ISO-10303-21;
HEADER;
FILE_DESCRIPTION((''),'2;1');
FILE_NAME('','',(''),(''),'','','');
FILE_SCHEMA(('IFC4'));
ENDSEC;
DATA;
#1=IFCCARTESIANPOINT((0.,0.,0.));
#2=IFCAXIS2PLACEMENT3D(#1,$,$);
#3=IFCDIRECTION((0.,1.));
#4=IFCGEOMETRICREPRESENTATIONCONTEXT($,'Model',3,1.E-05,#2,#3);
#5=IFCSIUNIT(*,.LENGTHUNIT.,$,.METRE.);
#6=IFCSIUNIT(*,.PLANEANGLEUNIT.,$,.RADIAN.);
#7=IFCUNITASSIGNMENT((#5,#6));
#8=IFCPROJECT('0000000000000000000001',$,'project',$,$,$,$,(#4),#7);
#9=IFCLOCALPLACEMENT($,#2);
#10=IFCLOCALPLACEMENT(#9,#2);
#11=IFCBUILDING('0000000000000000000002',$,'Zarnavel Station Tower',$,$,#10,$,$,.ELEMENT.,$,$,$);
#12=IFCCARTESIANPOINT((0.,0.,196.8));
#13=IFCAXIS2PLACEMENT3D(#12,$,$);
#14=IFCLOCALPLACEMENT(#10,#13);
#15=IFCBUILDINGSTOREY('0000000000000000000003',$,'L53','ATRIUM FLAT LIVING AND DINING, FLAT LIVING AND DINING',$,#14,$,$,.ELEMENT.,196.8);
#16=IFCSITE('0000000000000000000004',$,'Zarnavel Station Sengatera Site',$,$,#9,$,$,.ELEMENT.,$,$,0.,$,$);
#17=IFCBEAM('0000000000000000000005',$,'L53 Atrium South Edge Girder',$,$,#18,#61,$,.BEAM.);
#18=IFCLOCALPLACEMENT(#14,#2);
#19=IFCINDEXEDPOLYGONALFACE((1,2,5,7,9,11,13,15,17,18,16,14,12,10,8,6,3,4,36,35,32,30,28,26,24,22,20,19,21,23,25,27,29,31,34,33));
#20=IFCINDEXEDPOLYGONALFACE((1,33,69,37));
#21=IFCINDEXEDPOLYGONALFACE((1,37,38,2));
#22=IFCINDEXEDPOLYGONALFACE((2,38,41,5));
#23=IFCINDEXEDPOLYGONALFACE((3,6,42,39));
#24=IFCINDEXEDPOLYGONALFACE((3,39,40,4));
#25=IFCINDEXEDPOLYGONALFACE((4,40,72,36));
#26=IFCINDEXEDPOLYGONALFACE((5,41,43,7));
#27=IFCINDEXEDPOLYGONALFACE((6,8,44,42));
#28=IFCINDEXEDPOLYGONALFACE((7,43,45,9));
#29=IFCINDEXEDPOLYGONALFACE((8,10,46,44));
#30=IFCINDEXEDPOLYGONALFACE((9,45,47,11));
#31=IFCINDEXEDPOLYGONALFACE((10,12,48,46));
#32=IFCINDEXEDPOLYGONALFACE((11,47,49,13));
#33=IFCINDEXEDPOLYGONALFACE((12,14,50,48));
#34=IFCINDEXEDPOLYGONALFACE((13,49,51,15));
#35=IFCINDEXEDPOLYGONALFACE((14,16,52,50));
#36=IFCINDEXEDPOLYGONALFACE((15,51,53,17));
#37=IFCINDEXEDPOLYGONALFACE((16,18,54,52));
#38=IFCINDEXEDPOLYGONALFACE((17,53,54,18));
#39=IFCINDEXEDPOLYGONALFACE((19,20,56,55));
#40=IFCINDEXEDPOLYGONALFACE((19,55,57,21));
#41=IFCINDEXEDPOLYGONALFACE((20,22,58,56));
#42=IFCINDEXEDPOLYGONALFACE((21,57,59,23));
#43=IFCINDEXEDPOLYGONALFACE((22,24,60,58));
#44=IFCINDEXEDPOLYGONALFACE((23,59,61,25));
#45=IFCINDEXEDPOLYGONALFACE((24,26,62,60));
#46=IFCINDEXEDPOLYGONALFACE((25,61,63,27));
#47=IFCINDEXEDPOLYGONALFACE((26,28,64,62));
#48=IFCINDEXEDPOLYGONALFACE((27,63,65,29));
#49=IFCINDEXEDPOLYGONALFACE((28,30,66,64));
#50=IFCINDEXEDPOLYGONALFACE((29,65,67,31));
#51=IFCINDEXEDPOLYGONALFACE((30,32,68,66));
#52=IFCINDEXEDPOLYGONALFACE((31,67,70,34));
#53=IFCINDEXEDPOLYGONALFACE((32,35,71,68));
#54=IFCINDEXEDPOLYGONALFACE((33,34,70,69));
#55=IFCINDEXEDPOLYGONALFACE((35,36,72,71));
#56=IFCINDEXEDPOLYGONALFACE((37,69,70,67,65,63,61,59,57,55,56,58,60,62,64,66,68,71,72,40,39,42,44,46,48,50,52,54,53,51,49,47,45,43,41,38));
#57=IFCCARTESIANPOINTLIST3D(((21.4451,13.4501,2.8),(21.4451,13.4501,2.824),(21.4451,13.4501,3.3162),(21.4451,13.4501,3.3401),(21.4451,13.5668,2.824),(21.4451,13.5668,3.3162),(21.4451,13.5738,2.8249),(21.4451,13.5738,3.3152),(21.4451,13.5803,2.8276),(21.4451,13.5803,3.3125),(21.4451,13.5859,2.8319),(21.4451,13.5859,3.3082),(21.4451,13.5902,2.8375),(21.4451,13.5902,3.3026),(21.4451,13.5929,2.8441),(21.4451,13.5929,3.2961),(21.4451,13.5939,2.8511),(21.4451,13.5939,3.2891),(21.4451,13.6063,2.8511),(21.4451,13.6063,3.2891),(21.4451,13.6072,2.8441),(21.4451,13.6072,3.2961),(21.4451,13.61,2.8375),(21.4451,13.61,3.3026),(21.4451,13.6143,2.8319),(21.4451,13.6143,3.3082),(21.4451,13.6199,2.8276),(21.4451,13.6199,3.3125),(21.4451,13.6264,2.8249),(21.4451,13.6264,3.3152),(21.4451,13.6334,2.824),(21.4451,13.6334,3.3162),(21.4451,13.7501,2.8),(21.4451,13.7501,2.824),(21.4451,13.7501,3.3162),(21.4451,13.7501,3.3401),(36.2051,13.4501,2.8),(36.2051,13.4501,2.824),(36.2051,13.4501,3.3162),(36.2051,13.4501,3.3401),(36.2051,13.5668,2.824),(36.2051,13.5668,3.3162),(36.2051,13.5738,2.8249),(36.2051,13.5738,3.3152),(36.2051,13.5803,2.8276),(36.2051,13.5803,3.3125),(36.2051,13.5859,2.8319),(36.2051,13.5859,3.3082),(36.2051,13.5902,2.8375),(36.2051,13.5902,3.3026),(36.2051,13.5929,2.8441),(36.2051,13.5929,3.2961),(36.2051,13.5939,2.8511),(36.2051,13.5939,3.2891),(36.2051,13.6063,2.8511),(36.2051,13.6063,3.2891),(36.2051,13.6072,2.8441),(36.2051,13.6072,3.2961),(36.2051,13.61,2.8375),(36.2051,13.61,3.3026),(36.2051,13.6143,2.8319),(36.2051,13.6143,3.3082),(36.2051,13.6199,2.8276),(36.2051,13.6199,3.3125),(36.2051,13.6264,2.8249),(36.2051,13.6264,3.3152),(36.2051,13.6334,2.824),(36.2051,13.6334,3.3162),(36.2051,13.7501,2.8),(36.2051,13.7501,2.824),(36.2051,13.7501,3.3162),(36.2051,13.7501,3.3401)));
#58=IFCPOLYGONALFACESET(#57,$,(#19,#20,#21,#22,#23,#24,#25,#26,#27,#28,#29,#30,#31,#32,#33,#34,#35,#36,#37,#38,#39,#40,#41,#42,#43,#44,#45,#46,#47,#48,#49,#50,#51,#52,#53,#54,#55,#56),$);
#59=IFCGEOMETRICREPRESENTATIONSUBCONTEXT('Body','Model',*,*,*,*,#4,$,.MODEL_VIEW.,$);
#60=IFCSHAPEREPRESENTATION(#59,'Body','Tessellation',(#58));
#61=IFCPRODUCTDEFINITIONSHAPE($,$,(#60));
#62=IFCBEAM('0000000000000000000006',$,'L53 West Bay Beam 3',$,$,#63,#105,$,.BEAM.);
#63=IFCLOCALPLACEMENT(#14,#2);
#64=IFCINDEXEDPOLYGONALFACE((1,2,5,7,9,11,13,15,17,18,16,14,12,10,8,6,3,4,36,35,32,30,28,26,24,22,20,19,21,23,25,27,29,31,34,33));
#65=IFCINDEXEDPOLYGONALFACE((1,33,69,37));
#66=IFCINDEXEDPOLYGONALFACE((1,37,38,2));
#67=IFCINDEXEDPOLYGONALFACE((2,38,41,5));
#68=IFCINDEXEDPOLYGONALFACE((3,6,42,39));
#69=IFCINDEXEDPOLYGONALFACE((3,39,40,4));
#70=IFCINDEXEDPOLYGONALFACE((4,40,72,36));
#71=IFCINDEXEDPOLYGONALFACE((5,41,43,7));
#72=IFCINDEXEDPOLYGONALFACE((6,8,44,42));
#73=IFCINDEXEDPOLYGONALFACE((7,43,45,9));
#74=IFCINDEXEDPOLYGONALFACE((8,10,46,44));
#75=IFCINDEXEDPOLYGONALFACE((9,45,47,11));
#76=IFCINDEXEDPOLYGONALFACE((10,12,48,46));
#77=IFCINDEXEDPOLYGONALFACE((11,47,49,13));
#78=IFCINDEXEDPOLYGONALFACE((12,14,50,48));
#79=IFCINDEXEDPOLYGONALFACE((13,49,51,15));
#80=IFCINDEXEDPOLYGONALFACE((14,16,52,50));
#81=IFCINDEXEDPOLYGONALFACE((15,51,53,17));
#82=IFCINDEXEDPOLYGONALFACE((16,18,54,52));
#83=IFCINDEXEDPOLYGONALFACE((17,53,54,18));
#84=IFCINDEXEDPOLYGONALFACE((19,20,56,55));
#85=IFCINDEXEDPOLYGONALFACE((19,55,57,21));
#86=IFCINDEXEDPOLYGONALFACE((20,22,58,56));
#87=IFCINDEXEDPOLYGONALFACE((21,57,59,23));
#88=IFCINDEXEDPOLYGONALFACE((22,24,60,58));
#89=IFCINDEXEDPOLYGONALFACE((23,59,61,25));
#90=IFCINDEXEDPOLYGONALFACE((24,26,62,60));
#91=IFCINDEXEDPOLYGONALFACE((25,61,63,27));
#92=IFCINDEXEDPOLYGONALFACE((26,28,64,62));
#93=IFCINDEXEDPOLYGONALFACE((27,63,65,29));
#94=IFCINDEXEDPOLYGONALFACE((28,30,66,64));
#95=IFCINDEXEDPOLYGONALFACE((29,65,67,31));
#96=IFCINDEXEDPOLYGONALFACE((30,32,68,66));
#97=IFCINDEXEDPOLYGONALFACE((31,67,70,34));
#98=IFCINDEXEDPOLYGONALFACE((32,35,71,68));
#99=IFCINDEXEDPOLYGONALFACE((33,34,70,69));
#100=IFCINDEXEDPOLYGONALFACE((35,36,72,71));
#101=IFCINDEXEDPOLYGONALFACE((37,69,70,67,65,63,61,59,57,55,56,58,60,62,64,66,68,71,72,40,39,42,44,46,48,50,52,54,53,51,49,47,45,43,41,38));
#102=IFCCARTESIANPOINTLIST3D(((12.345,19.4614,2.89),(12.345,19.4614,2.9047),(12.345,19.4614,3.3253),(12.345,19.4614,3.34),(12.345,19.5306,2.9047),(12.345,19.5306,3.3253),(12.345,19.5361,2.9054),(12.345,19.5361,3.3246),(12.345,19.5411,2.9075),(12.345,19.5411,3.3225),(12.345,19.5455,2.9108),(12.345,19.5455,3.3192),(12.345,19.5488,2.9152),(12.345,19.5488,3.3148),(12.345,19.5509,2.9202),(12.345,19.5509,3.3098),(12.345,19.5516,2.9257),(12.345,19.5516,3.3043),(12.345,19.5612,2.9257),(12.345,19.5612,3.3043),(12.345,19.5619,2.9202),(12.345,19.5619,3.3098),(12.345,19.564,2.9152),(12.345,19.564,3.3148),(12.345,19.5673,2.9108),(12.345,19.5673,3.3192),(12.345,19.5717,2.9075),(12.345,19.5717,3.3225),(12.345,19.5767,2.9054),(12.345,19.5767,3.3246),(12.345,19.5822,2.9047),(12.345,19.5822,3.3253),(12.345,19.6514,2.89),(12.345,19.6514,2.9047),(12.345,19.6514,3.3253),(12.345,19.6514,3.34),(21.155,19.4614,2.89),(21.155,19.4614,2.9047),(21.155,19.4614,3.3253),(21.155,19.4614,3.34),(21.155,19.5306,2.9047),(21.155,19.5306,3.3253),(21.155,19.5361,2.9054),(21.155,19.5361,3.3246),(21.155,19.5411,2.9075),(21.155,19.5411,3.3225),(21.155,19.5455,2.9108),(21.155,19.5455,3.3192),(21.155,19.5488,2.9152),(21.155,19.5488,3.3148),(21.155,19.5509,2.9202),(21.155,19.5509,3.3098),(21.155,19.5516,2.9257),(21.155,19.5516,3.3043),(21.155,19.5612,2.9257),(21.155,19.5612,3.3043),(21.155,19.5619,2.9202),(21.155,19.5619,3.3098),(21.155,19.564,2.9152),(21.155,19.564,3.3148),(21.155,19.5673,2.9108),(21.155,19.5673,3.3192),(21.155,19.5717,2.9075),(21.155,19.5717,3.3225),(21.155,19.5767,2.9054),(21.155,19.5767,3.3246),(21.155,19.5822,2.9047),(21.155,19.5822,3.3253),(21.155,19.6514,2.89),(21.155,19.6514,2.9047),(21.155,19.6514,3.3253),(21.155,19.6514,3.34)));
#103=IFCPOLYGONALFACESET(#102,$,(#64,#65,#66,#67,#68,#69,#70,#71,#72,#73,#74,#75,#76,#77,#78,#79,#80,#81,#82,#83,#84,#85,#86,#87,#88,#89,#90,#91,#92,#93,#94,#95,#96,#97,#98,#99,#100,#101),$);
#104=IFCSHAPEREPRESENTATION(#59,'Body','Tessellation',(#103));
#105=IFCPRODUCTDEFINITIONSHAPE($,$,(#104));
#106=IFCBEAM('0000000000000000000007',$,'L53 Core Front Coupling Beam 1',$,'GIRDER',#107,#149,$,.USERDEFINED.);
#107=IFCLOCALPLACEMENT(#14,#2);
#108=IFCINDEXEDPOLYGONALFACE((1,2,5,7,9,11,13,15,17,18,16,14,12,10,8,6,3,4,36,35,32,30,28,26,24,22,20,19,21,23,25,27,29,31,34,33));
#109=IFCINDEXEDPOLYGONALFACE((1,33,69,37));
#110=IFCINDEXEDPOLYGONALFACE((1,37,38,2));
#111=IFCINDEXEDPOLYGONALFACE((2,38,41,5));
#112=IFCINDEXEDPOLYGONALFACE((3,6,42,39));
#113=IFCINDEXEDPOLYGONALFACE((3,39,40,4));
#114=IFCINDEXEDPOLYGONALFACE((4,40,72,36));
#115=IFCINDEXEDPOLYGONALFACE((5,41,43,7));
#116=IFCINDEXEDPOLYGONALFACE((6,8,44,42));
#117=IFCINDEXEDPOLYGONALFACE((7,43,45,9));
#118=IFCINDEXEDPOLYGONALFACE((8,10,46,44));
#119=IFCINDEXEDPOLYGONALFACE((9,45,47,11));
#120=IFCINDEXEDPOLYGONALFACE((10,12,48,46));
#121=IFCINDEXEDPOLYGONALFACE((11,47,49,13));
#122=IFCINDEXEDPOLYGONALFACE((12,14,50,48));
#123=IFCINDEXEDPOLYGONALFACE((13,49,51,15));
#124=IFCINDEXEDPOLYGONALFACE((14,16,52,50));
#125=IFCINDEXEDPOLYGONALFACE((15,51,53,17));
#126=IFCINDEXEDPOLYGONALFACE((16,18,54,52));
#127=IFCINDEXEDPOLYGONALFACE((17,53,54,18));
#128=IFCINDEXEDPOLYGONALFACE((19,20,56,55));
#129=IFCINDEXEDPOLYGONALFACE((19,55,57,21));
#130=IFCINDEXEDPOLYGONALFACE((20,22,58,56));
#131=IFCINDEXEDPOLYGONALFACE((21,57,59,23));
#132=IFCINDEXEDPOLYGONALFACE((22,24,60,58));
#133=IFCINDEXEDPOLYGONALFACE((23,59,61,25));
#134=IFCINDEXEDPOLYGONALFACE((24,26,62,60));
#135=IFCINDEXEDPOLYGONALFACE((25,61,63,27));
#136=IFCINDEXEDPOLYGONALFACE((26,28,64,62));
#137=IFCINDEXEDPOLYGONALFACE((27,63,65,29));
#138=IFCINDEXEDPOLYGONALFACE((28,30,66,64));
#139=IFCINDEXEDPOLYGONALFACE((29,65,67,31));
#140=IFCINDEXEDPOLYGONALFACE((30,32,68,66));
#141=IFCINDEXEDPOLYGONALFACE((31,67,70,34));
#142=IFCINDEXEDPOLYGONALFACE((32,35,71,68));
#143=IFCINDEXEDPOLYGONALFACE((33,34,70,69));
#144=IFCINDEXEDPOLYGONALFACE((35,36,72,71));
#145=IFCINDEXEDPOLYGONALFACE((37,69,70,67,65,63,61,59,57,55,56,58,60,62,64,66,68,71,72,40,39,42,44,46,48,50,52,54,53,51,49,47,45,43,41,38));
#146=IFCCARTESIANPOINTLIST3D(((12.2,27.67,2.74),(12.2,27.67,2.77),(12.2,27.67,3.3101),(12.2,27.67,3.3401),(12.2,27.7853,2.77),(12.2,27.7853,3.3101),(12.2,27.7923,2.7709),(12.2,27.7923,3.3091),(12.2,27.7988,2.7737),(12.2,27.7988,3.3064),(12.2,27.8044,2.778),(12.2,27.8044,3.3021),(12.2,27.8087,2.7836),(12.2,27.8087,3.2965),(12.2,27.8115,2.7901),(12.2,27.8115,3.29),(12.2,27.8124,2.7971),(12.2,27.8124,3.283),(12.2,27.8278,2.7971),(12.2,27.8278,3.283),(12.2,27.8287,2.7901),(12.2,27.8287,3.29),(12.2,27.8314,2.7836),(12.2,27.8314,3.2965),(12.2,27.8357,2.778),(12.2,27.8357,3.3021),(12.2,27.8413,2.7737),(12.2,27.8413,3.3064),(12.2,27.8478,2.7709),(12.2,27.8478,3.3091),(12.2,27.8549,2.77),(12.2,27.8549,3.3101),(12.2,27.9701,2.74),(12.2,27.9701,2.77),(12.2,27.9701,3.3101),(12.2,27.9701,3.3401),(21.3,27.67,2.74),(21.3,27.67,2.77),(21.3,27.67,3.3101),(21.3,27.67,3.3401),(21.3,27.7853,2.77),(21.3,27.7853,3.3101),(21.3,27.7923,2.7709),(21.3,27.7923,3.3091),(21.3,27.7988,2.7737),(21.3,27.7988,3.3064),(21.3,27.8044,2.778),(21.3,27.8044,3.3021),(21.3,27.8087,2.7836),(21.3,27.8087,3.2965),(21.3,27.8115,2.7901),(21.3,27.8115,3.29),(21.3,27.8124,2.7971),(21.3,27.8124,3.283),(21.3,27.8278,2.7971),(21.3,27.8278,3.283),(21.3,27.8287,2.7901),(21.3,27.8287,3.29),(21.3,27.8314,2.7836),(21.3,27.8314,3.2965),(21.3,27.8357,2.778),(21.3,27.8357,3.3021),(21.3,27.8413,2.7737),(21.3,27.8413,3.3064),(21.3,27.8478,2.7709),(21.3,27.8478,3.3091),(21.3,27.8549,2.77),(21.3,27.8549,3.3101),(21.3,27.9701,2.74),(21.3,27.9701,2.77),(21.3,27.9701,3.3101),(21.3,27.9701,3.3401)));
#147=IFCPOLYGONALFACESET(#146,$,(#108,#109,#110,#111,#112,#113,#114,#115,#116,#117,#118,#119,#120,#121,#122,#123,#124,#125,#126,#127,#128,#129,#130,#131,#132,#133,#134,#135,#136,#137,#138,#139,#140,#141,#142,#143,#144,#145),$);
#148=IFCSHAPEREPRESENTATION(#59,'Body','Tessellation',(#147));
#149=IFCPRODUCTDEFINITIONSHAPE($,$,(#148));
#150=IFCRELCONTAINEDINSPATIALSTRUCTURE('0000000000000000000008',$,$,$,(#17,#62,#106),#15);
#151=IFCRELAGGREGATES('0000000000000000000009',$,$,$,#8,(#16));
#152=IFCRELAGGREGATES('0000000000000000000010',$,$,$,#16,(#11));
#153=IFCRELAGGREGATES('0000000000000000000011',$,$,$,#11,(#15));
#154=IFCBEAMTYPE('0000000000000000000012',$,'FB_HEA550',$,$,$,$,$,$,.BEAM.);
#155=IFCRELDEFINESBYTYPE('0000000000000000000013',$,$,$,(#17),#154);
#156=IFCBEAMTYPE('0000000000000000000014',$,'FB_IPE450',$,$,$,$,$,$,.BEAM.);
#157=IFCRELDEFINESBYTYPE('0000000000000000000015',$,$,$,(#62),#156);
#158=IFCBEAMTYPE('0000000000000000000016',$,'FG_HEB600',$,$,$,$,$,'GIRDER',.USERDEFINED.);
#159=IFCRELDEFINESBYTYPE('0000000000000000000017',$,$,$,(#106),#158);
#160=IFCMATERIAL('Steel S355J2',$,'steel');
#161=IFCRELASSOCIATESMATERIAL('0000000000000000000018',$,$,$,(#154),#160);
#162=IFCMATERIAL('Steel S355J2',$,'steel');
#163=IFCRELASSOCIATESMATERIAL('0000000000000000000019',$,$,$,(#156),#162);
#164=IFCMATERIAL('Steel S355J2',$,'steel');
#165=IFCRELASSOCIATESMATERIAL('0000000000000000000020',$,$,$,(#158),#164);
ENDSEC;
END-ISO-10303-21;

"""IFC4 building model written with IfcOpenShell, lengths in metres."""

from ifc_helpers import new_model, si_unit, direction, frame, origin, origin_2d, place, context, subcontext, project, spatial, i_section, extrude, material, material_profile, profile_set, type_object, element, save


model = new_model("IFC4")

# Units and contexts
model_context = context("Model", 3, precision=1e-05, world=origin(), true_north=direction((0.0, 1.0)))
body_context = subcontext(model_context, "Body", "Model", "MODEL_VIEW")
ifc_project = project(units=[si_unit("LENGTHUNIT", "METRE"), si_unit("PLANEANGLEUNIT", "RADIAN")], contexts=[model_context])

# Site, building, storey
site_placement = place(None, origin())
site = spatial("IfcSite", under=ifc_project, at=site_placement, Name="Zarnavel Station Sengatera Site", CompositionType="ELEMENT", RefElevation=0.0)
building_placement = place(site_placement, origin())
building = spatial("IfcBuilding", under=site, at=building_placement, Name="Zarnavel Station Tower", CompositionType="ELEMENT")
storey_placement = place(building_placement, frame((0.0, 0.0, 196.8)))
storey = spatial("IfcBuildingStorey", under=building, at=storey_placement, Name="L53", Description="ATRIUM FLAT LIVING AND DINING, FLAT LIVING AND DINING", CompositionType="ELEMENT", Elevation=196.8)

# Beams
ifc_material_1 = material(Name="Steel S355J2", Category="steel")
ifc_material_profile_1 = material_profile(ifc_material_1, i_section(OverallWidth=0.3, OverallDepth=0.54, WebThickness=0.0125, FlangeThickness=0.0239, FilletRadius=0.0271, at=origin_2d()), Name="HEA550")
ifc_profile_set_1 = profile_set([ifc_material_profile_1], Name="Steel S355J2")
beam_type_1 = type_object("IfcBeamType", Name="FB_HEA550", PredefinedType="BEAM", material=ifc_profile_set_1)
beam_1_placement = place(storey_placement, frame((21.4451, 13.6001, 3.0701), z_axis=(1.0, 0.0, 0.0), x_axis=(0.0, 1.0, 0.0)))
element("IfcBeam", 1, at=beam_1_placement, inside=storey, type_object=beam_type_1, Name="L53 Atrium South Edge Girder", PredefinedType="BEAM", context=body_context, shape_type="SweptSolid", body=[
    extrude(i_section(OverallWidth=0.3, OverallDepth=0.54, WebThickness=0.0125, FlangeThickness=0.0239, FilletRadius=0.0271, at=origin_2d()), origin(), (0.0, 0.0, 1.0), 14.76),
])
ifc_material_2 = material(Name="Steel S355J2", Category="steel")
ifc_material_profile_2 = material_profile(ifc_material_2, i_section(OverallWidth=0.1899, OverallDepth=0.45, WebThickness=0.0095, FlangeThickness=0.0146, FilletRadius=0.021, at=origin_2d()), Name="IPE450")
ifc_profile_set_2 = profile_set([ifc_material_profile_2], Name="Steel S355J2")
beam_type_2 = type_object("IfcBeamType", Name="FB_IPE450", PredefinedType="BEAM", material=ifc_profile_set_2)
beam_2_placement = place(storey_placement, frame((12.345, 19.5564, 3.115), z_axis=(1.0, 0.0, 0.0), x_axis=(0.0, 1.0, 0.0)))
element("IfcBeam", 2, at=beam_2_placement, inside=storey, type_object=beam_type_2, Name="L53 West Bay Beam 3", PredefinedType="BEAM", context=body_context, shape_type="SweptSolid", body=[
    extrude(i_section(OverallWidth=0.1899, OverallDepth=0.45, WebThickness=0.0095, FlangeThickness=0.0146, FilletRadius=0.021, at=origin_2d()), origin(), (0.0, 0.0, 1.0), 8.8101),
])
ifc_material_3 = material(Name="Steel S355J2", Category="steel")
ifc_material_profile_3 = material_profile(ifc_material_3, i_section(OverallWidth=0.3, OverallDepth=0.6001, WebThickness=0.0154, FlangeThickness=0.03, FilletRadius=0.0271, at=origin_2d()), Name="HEB600")
ifc_profile_set_3 = profile_set([ifc_material_profile_3], Name="Steel S355J2")
beam_type_3 = type_object("IfcBeamType", Name="FG_HEB600", ElementType="GIRDER", PredefinedType="USERDEFINED", material=ifc_profile_set_3)
beam_3_placement = place(storey_placement, frame((12.2, 27.8201, 3.04), z_axis=(1.0, 0.0, 0.0), x_axis=(0.0, 1.0, 0.0)))
element("IfcBeam", 3, at=beam_3_placement, inside=storey, type_object=beam_type_3, Name="L53 Core Front Coupling Beam 1", ObjectType="GIRDER", PredefinedType="USERDEFINED", context=body_context, shape_type="SweptSolid", body=[
    extrude(i_section(OverallWidth=0.3, OverallDepth=0.6001, WebThickness=0.0154, FlangeThickness=0.03, FilletRadius=0.0271, at=origin_2d()), origin(), (0.0, 0.0, 1.0), 9.1001),
])

save(model, "model.ifc")
